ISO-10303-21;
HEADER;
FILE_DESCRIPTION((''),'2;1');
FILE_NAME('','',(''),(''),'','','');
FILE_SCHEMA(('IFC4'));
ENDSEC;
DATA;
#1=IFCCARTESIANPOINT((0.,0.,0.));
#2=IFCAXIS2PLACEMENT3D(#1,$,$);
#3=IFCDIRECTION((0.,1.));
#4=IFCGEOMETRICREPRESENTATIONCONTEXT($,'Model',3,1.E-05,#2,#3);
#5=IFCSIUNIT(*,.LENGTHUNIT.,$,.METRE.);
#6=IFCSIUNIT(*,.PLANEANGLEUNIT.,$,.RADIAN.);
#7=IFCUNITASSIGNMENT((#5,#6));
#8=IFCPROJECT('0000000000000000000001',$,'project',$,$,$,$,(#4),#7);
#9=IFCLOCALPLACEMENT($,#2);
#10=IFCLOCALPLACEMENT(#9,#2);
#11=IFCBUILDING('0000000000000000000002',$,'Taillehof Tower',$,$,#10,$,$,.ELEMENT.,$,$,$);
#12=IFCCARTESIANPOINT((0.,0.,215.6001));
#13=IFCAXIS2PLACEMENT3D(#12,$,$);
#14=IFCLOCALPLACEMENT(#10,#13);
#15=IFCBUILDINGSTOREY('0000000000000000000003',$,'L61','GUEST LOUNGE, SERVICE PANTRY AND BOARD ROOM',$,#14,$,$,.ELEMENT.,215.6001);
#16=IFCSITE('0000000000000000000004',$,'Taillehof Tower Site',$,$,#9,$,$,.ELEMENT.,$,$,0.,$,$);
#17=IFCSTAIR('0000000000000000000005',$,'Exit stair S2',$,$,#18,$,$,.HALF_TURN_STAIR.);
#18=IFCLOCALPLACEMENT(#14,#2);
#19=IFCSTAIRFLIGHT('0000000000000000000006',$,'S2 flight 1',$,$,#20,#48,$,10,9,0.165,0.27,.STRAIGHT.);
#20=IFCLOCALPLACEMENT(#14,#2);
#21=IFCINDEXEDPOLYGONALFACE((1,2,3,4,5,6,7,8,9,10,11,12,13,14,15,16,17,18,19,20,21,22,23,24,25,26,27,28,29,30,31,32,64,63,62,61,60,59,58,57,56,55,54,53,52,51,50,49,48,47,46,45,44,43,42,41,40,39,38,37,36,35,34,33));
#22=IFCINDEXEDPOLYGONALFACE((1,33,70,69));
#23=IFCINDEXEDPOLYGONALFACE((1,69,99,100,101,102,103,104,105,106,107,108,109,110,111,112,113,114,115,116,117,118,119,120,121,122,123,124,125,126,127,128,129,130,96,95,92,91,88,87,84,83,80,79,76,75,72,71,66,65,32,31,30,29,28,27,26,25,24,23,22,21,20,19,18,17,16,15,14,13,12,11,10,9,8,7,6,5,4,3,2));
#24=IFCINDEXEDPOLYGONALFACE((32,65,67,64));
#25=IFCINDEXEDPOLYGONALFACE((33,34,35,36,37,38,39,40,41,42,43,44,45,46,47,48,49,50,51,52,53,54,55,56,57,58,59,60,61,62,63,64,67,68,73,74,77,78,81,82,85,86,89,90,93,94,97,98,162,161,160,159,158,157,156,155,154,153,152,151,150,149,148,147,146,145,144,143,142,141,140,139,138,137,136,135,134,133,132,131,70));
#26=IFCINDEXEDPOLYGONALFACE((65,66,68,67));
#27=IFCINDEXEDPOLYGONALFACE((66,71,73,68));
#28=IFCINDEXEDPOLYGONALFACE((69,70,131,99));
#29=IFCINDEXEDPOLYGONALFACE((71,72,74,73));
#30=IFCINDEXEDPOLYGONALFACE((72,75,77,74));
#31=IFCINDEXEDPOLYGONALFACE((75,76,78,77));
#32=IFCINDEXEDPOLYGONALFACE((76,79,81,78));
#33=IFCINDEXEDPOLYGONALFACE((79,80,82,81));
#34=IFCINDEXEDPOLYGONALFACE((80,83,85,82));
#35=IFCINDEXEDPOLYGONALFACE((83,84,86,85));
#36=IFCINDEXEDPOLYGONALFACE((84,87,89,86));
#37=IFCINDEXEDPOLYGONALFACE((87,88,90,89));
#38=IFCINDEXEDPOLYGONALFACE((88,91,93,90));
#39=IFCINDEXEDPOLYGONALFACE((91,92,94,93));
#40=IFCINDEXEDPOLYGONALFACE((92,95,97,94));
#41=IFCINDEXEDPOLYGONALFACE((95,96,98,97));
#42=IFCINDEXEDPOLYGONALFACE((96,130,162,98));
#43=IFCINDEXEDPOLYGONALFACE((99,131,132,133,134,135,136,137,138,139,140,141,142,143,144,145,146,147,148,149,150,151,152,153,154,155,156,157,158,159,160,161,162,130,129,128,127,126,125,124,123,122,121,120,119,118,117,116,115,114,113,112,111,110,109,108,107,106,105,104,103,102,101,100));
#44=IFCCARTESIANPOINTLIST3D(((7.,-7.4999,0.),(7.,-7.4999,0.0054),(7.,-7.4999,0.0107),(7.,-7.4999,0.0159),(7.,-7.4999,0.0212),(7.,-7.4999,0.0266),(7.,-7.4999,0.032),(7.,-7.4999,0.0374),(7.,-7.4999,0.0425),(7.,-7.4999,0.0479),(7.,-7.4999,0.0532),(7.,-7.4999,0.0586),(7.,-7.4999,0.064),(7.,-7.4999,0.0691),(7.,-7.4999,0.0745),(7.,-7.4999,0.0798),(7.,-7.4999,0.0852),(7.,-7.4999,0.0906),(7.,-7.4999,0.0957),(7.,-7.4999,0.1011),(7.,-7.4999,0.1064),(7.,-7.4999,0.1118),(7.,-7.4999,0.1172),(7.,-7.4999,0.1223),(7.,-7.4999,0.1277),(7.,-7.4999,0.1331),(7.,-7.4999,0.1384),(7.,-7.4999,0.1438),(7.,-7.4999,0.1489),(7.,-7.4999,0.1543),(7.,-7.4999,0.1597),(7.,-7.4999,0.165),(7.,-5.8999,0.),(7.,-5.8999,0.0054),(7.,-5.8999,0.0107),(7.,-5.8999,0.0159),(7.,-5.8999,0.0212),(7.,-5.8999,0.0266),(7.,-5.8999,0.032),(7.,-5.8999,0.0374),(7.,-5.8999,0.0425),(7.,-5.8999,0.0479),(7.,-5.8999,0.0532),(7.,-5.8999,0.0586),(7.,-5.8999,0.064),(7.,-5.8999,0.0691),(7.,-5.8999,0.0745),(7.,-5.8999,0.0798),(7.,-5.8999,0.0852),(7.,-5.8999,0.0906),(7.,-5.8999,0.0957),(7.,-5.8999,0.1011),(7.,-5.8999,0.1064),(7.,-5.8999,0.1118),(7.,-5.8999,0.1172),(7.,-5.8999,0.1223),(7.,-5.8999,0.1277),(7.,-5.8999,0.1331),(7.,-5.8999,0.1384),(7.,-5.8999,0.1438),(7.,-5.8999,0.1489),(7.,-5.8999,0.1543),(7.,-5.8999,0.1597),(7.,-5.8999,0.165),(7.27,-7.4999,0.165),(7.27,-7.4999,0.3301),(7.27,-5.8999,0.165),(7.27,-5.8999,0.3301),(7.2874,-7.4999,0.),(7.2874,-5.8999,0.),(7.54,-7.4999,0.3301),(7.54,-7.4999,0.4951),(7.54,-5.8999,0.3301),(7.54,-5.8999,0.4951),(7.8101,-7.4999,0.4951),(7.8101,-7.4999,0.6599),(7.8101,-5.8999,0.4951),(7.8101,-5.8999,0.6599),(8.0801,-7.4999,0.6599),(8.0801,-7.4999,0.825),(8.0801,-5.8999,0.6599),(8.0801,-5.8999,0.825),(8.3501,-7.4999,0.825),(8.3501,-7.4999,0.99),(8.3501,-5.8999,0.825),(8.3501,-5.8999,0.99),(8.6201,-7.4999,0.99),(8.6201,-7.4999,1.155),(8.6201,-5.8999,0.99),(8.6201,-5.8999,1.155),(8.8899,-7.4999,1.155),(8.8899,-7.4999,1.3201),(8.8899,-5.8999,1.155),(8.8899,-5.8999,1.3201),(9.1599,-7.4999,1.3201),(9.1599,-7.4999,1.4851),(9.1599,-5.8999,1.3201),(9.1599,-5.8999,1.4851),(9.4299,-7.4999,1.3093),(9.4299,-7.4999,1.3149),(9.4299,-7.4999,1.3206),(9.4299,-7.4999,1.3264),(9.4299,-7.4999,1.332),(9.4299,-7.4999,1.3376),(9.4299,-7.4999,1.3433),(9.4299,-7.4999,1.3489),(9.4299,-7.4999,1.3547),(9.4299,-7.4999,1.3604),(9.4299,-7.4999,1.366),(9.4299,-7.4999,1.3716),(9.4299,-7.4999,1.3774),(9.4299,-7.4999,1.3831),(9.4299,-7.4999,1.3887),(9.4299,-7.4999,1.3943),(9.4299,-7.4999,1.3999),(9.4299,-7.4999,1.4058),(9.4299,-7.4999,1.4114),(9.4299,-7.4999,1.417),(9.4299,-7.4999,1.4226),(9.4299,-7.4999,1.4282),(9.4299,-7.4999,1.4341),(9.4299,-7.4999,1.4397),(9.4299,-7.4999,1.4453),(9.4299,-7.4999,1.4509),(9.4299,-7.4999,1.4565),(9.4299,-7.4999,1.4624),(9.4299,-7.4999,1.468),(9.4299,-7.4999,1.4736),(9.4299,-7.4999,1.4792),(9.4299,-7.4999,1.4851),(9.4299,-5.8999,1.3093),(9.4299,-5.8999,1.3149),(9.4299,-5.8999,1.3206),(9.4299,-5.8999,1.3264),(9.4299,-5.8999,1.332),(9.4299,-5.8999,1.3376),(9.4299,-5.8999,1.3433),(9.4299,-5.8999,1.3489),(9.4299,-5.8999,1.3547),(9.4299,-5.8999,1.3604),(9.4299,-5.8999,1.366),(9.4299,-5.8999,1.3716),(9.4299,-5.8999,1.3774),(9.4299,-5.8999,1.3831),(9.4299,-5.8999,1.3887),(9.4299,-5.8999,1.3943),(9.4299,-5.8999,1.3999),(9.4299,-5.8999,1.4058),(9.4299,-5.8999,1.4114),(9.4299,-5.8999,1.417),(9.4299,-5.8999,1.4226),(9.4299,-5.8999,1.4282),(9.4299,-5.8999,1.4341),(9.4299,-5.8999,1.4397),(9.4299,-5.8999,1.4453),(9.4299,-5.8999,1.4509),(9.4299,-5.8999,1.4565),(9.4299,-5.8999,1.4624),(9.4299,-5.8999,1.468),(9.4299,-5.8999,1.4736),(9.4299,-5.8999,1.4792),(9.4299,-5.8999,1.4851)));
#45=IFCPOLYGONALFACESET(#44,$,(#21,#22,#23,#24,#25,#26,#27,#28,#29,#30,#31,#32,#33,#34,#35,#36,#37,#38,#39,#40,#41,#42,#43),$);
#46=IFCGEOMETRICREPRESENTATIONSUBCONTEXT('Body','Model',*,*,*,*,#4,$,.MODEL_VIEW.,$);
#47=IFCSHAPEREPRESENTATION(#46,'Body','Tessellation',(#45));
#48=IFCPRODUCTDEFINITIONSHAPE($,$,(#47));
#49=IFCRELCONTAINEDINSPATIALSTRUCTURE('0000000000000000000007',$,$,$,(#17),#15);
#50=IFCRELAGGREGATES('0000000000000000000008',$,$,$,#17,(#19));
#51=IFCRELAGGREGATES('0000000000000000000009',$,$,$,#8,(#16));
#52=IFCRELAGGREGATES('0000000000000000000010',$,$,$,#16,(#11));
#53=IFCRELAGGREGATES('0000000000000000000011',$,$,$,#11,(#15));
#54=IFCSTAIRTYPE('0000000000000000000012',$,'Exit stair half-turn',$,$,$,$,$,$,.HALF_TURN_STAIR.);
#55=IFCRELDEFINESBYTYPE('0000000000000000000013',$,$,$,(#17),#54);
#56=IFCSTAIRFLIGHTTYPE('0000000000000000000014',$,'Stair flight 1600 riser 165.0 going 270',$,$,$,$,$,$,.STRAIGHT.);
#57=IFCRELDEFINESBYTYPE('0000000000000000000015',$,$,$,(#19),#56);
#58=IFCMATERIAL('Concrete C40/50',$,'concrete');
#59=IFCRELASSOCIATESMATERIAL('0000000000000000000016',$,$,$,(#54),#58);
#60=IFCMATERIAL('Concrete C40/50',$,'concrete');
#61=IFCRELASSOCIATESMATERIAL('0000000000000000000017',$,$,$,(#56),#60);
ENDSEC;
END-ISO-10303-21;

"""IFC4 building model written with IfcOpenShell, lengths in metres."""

from ifc_helpers import new_model, si_unit, direction, frame, origin, place, context, subcontext, project, spatial, polyline, outline, extrude, material, type_object, element, aggregate, save


model = new_model("IFC4")

# Units and contexts
model_context = context("Model", 3, precision=1e-05, world=origin(), true_north=direction((0.0, 1.0)))
body_context = subcontext(model_context, "Body", "Model", "MODEL_VIEW")
ifc_project = project(units=[si_unit("LENGTHUNIT", "METRE"), si_unit("PLANEANGLEUNIT", "RADIAN")], contexts=[model_context])

# Site, building, storey
site_placement = place(None, origin())
site = spatial("IfcSite", under=ifc_project, at=site_placement, Name="Taillehof Tower Site", CompositionType="ELEMENT", RefElevation=0.0)
building_placement = place(site_placement, origin())
building = spatial("IfcBuilding", under=site, at=building_placement, Name="Taillehof Tower", CompositionType="ELEMENT")
storey_placement = place(building_placement, frame((0.0, 0.0, 215.6001)))
storey = spatial("IfcBuildingStorey", under=building, at=storey_placement, Name="L61", Description="GUEST LOUNGE, SERVICE PANTRY AND BOARD ROOM", CompositionType="ELEMENT", Elevation=215.6001)

# Stair, stair flight
ifc_material_1 = material(Name="Concrete C40/50", Category="concrete")
stair_type = type_object("IfcStairType", Name="Exit stair half-turn", PredefinedType="HALF_TURN_STAIR", material=ifc_material_1)
stair_placement = place(storey_placement, origin())
stair = element("IfcStair", 1, at=stair_placement, inside=storey, type_object=stair_type, Name="Exit stair S2", PredefinedType="HALF_TURN_STAIR")
ifc_material_2 = material(Name="Concrete C40/50", Category="concrete")
stair_flight_type = type_object("IfcStairFlightType", Name="Stair flight 1600 riser 165.0 going 270", PredefinedType="STRAIGHT", material=ifc_material_2)
stair_flight_placement = place(storey_placement, frame((7.0, -6.7, 0.0), z_axis=(0.0, 0.0, 1.0), x_axis=(1.0, 0.0, 0.0)))
stair_flight = element("IfcStairFlight", 2, at=stair_flight_placement, type_object=stair_flight_type, Name="S2 flight 1", NumberOfRisers=10, NumberOfTreads=9, PredefinedType="STRAIGHT", RiserHeight=0.165, TreadLength=0.27, context=body_context, shape_type="SweptSolid", body=[
    extrude(outline(polyline([(0.0, 0.0), (0.0, 0.0054), (0.0, 0.0107), (0.0, 0.0159), (0.0, 0.0212), (0.0, 0.0266), (0.0, 0.032), (0.0, 0.0374), (0.0, 0.0425), (0.0, 0.0479), (0.0, 0.0532), (0.0, 0.0586), (0.0, 0.064), (0.0, 0.0691), (0.0, 0.0745), (0.0, 0.0798), (0.0, 0.0852), (0.0, 0.0906), (0.0, 0.0957), (0.0, 0.1011), (0.0, 0.1064), (0.0, 0.1118), (0.0, 0.1172), (0.0, 0.1223), (0.0, 0.1277), (0.0, 0.1331), (0.0, 0.1384), (0.0, 0.1438), (0.0, 0.1489), (0.0, 0.1543), (0.0, 0.1597), (0.0, 0.165), (0.27, 0.165), (0.27, 0.3301), (0.54, 0.3301), (0.54, 0.4951), (0.8101, 0.4951), (0.8101, 0.6599), (1.0801, 0.6599), (1.0801, 0.825), (1.3501, 0.825), (1.3501, 0.99), (1.6201, 0.99), (1.6201, 1.155), (1.8899, 1.155), (1.8899, 1.3201), (2.1599, 1.3201), (2.1599, 1.4851), (2.4299, 1.4851), (2.4299, 1.4792), (2.4299, 1.4736), (2.4299, 1.468), (2.4299, 1.4624), (2.4299, 1.4565), (2.4299, 1.4509), (2.4299, 1.4453), (2.4299, 1.4397), (2.4299, 1.4341), (2.4299, 1.4282), (2.4299, 1.4226), (2.4299, 1.417), (2.4299, 1.4114), (2.4299, 1.4058), (2.4299, 1.3999), (2.4299, 1.3943), (2.4299, 1.3887), (2.4299, 1.3831), (2.4299, 1.3774), (2.4299, 1.3716), (2.4299, 1.366), (2.4299, 1.3604), (2.4299, 1.3547), (2.4299, 1.3489), (2.4299, 1.3433), (2.4299, 1.3376), (2.4299, 1.332), (2.4299, 1.3264), (2.4299, 1.3206), (2.4299, 1.3149), (2.4299, 1.3093), (0.2874, 0.0), (0.0, 0.0)])), frame((0.0, 0.8, 0.0), z_axis=(0.0, -1.0, 0.0), x_axis=(1.0, 0.0, 0.0)), (0.0, 0.0, 1.0), 1.6),
])
aggregate(stair, [stair_flight])

save(model, "model.ifc")
